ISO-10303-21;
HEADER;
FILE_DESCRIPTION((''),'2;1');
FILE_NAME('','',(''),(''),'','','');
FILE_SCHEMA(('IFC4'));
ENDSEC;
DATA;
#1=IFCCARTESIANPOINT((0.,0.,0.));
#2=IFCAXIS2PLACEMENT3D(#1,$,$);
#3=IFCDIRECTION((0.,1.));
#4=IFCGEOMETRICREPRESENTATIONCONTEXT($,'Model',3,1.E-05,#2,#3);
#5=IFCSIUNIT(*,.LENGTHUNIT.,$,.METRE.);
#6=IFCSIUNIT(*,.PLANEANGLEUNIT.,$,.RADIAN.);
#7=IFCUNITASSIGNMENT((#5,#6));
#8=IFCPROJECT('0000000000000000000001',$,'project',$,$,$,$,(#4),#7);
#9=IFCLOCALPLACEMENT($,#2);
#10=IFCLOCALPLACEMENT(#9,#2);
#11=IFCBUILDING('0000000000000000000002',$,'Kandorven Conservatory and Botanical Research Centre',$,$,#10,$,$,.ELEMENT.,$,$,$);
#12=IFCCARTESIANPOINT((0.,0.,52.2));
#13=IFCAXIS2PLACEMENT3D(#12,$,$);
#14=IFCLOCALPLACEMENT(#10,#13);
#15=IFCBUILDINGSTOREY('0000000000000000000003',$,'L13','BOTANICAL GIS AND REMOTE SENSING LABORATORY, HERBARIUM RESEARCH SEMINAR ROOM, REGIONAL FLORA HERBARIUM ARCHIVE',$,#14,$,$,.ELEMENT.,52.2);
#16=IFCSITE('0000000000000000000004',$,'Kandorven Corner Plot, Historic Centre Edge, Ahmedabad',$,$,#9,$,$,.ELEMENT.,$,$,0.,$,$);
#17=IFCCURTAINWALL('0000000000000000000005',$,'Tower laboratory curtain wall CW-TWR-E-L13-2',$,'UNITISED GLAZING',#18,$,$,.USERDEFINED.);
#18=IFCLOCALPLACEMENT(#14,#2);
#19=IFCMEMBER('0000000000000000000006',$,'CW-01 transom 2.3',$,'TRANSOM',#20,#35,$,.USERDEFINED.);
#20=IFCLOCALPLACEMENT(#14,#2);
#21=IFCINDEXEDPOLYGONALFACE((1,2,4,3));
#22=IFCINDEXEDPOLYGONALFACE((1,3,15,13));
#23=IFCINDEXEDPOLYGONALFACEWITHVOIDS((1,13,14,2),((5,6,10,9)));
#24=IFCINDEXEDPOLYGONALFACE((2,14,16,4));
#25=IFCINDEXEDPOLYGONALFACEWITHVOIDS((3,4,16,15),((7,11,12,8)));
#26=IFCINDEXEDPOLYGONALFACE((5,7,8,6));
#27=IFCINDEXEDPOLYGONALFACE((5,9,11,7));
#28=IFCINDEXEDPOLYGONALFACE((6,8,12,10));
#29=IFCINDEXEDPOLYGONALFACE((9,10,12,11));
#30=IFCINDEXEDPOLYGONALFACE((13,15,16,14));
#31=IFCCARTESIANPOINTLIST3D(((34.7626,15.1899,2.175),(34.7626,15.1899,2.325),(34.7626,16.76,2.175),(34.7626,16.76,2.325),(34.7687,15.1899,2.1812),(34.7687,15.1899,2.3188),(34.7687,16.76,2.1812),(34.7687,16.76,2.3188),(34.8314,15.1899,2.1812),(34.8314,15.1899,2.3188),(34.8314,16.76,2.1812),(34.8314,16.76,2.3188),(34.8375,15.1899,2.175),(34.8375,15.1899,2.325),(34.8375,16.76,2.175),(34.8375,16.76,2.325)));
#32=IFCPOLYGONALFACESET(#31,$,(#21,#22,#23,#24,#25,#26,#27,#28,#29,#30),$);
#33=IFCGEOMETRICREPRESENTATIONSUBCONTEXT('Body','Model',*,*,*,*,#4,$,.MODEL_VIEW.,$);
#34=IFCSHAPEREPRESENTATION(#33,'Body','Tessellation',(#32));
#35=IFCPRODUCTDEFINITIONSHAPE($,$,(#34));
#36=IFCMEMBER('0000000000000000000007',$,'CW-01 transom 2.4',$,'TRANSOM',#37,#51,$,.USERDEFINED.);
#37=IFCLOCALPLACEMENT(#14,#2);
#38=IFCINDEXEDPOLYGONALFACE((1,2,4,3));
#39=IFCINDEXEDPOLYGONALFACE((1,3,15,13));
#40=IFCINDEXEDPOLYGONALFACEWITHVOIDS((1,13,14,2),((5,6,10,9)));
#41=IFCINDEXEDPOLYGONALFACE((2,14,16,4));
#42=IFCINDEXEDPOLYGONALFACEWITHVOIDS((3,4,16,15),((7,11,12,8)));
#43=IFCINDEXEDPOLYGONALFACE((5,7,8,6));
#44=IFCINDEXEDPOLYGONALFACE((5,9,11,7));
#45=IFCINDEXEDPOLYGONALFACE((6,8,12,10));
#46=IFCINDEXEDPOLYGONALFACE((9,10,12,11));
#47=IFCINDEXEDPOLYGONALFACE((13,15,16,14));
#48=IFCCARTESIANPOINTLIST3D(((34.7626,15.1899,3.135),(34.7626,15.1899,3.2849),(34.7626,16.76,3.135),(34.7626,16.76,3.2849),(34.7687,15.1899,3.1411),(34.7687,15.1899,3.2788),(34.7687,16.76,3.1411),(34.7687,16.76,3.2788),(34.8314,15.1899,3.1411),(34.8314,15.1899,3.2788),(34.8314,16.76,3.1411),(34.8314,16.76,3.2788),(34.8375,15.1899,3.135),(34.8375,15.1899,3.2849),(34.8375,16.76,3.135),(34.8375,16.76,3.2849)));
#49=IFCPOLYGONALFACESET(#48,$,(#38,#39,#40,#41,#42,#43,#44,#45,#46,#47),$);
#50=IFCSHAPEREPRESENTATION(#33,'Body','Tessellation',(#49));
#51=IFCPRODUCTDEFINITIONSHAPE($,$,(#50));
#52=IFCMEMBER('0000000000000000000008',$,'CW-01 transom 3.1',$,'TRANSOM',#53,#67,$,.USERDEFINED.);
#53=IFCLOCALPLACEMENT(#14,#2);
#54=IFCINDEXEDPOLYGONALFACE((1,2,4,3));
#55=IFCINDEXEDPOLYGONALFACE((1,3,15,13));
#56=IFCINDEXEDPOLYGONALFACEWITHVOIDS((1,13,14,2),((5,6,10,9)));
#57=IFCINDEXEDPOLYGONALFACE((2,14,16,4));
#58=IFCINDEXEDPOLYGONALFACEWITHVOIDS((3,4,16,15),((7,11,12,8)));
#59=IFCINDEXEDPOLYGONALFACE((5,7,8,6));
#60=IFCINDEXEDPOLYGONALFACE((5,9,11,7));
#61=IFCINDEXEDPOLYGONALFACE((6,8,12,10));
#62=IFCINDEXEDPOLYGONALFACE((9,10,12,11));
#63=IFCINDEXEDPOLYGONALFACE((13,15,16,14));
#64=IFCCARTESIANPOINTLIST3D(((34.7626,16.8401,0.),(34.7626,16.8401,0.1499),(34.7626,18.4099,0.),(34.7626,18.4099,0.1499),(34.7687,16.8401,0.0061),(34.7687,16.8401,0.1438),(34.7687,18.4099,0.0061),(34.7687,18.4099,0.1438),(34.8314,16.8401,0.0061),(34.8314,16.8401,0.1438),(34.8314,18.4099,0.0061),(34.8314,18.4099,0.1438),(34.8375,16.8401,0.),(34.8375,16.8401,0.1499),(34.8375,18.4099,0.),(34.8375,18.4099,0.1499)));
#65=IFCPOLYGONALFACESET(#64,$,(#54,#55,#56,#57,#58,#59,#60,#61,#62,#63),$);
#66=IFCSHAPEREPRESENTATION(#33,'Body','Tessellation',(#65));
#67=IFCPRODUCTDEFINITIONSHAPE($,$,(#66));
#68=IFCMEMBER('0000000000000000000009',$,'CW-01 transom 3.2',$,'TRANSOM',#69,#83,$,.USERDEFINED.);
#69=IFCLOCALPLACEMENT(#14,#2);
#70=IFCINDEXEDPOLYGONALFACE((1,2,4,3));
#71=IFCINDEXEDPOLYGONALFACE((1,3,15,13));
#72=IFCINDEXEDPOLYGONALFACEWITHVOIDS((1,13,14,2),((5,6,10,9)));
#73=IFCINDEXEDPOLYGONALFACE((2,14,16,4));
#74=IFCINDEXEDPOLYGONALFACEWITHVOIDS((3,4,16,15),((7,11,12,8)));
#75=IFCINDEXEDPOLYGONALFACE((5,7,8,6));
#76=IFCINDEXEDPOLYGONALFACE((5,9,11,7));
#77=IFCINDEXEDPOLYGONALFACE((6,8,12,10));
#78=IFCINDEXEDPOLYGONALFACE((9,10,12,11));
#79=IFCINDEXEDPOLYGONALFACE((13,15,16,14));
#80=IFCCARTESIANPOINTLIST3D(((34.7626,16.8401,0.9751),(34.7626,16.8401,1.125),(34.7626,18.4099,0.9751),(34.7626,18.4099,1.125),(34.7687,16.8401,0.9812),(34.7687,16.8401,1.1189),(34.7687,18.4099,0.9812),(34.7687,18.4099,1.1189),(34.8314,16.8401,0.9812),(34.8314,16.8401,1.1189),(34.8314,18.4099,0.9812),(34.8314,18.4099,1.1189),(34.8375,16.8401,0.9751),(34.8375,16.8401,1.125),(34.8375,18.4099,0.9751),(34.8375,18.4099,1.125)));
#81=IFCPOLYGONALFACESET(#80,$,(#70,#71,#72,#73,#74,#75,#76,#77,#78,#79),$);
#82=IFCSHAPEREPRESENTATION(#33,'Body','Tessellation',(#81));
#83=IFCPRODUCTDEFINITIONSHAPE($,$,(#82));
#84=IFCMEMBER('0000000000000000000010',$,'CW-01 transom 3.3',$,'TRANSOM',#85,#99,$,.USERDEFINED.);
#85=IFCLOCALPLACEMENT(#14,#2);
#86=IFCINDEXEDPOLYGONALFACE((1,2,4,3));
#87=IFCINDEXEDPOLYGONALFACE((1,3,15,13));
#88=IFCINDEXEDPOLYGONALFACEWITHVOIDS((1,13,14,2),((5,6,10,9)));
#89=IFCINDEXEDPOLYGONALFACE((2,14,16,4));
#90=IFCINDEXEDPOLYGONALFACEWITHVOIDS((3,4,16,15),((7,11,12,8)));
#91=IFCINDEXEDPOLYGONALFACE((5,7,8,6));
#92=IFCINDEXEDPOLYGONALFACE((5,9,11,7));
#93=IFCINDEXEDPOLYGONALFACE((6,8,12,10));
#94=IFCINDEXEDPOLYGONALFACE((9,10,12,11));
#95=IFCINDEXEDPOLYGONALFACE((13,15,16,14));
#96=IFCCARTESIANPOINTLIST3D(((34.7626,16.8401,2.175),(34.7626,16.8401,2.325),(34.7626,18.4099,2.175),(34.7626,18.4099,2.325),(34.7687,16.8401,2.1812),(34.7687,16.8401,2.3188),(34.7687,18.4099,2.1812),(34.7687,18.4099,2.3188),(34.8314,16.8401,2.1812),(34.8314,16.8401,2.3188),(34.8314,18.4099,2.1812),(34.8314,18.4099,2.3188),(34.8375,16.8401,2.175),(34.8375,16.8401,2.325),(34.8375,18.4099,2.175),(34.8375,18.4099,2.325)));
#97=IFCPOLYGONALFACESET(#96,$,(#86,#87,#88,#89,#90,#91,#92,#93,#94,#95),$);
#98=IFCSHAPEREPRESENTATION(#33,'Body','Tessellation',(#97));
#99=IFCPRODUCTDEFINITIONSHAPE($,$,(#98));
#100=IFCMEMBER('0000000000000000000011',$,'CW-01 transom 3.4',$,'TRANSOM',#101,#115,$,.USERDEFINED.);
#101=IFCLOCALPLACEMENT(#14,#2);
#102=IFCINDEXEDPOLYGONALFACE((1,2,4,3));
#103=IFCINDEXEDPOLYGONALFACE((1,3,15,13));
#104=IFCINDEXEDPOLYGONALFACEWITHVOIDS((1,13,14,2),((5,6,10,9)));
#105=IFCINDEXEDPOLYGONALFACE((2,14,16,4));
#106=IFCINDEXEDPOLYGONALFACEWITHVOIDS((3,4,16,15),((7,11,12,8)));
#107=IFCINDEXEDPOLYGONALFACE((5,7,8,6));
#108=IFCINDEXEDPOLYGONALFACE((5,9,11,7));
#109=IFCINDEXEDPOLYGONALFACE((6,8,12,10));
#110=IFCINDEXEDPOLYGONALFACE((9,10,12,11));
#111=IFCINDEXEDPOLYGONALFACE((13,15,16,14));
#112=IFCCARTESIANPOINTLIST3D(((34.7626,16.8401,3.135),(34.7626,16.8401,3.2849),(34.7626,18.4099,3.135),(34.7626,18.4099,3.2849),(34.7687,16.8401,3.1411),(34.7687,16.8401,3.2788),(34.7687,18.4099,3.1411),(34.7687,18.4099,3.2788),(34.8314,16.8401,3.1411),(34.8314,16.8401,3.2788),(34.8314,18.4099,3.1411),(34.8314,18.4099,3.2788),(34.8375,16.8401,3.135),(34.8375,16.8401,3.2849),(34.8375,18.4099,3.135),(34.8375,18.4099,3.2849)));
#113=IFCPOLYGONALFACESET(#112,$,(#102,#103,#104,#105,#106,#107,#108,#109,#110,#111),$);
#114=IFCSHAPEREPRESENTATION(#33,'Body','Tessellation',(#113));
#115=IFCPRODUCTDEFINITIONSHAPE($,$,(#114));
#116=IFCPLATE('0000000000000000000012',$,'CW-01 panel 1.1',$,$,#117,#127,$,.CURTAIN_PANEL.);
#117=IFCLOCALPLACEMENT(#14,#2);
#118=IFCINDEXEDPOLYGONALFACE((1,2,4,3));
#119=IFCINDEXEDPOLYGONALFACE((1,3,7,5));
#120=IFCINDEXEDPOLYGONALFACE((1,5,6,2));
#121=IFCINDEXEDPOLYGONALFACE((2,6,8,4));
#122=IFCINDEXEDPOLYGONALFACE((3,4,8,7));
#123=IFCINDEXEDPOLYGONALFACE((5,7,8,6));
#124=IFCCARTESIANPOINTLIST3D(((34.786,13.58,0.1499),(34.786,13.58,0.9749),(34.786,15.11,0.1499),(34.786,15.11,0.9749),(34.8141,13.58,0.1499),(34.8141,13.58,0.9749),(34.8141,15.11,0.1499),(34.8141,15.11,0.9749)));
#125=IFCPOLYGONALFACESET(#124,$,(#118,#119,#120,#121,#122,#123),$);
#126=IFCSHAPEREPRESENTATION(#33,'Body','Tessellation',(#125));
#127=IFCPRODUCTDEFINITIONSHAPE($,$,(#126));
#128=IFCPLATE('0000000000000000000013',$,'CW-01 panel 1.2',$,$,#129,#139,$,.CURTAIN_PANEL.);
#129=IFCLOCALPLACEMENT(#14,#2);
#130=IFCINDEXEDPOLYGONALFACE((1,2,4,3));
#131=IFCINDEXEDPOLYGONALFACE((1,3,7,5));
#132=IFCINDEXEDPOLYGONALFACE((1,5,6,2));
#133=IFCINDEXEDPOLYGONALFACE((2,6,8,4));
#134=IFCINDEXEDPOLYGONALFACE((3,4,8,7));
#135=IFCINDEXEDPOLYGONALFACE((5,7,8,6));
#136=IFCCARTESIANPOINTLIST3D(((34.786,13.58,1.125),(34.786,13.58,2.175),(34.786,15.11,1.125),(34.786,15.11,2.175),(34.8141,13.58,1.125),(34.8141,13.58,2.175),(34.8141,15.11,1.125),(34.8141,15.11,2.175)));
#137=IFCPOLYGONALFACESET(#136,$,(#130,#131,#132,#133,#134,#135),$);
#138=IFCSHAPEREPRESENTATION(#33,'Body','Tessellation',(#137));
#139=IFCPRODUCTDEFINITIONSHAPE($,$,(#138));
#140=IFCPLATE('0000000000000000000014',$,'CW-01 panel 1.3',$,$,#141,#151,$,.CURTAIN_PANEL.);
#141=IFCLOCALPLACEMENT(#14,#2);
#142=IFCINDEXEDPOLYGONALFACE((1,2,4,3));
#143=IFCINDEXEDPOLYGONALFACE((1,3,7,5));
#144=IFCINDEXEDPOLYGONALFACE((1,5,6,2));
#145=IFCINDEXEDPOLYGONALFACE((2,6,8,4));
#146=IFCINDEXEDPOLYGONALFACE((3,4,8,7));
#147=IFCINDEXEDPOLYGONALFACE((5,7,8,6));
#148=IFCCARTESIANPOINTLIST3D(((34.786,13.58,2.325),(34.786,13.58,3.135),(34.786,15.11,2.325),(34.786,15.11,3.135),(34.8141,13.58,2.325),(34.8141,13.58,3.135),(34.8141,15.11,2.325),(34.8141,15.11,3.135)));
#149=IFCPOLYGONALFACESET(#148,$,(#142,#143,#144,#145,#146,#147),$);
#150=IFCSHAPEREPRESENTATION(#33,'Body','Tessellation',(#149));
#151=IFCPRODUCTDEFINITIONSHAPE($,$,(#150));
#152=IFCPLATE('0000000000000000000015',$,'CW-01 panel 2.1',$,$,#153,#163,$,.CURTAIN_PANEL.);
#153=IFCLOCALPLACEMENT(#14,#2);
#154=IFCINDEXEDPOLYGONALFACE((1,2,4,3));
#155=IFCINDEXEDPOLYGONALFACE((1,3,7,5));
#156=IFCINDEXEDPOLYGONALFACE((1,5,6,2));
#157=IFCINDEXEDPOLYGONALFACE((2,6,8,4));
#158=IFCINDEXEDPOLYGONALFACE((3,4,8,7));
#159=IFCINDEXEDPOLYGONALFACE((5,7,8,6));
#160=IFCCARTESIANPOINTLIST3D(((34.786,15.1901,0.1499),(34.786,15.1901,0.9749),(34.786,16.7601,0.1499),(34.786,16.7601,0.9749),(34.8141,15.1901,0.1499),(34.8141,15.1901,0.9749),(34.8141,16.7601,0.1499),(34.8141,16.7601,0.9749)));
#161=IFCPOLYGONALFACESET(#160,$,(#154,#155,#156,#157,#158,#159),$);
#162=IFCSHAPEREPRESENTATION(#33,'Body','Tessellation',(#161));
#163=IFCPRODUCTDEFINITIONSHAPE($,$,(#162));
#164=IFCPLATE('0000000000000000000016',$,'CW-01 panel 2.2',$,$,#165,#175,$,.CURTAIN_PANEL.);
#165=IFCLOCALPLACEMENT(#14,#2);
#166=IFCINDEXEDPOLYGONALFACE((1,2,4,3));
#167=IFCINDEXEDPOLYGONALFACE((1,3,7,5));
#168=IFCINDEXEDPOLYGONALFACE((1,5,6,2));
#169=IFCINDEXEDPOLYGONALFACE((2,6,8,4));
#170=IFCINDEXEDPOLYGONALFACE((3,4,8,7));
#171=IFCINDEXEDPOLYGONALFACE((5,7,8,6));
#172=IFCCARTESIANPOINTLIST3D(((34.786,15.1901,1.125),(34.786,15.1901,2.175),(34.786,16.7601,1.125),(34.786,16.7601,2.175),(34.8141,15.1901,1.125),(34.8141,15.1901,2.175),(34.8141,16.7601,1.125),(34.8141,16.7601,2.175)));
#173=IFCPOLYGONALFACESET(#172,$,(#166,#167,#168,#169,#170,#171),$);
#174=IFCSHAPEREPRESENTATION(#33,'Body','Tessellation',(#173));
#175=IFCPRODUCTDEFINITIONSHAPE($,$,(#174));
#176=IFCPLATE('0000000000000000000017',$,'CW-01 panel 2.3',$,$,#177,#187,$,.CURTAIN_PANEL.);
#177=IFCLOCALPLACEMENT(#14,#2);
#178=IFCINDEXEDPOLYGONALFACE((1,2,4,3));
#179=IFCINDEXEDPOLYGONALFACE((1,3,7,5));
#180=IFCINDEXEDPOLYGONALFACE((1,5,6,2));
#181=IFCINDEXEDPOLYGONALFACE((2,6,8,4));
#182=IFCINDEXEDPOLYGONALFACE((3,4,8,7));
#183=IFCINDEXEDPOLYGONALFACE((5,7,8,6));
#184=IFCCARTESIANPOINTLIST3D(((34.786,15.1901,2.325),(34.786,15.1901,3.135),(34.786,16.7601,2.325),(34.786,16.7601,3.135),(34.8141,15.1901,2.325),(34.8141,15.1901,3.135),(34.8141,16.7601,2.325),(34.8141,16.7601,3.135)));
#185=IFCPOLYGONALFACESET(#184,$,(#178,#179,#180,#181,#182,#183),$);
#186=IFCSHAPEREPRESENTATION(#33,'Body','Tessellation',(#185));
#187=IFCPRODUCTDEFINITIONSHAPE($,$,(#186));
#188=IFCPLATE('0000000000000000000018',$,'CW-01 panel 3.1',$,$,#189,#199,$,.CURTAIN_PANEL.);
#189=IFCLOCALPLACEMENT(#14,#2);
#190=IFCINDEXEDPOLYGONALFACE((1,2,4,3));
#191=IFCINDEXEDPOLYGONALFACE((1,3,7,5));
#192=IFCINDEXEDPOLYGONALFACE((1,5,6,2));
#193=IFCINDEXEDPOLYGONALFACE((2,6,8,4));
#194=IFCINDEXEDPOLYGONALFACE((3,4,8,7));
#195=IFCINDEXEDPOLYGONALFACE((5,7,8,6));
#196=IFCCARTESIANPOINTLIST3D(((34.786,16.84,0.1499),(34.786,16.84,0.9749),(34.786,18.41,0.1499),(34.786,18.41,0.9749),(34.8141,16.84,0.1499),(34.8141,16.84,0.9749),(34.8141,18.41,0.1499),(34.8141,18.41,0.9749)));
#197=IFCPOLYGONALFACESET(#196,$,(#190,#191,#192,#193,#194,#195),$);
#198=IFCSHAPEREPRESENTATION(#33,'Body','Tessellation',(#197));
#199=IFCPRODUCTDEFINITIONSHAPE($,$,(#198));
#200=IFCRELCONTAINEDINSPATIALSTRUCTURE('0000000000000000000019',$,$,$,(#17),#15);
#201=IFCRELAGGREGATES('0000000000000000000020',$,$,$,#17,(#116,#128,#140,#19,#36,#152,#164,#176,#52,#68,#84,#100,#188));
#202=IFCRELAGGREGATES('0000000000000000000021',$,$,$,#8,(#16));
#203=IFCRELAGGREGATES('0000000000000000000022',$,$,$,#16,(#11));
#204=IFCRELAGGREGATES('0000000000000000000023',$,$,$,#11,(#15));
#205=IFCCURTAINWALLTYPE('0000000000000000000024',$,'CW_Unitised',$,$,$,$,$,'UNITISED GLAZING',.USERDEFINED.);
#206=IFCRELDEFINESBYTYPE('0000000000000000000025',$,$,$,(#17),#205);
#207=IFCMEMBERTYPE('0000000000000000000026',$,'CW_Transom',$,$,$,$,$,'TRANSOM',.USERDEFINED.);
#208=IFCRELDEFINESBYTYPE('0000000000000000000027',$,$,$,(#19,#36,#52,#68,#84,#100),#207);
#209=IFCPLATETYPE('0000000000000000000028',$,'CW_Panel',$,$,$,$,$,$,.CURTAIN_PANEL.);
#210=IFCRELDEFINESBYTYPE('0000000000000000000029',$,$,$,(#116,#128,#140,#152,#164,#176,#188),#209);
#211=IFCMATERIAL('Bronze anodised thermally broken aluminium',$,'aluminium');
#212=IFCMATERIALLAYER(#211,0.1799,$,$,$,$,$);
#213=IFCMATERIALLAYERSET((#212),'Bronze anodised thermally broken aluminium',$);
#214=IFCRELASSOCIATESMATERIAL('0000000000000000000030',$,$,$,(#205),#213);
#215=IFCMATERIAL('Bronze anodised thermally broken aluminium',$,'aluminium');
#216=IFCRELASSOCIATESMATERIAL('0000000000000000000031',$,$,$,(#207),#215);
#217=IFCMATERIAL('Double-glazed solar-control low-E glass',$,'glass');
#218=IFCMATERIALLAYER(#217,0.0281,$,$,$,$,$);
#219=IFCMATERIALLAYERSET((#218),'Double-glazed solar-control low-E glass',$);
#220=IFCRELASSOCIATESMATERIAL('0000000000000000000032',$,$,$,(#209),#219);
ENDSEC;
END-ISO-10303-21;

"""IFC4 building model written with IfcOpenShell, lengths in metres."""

from ifc_helpers import new_model, si_unit, direction, frame, origin, origin_2d, place, context, subcontext, project, spatial, rectangle, hollow_rectangle, extrude, material, layer, layer_set, material_profile, profile_set, type_object, element, aggregate, save


model = new_model("IFC4")

# Units and contexts
model_context = context("Model", 3, precision=1e-05, world=origin(), true_north=direction((0.0, 1.0)))
body_context = subcontext(model_context, "Body", "Model", "MODEL_VIEW")
ifc_project = project(units=[si_unit("LENGTHUNIT", "METRE"), si_unit("PLANEANGLEUNIT", "RADIAN")], contexts=[model_context])

# Site, building, storey
site_placement = place(None, origin())
site = spatial("IfcSite", under=ifc_project, at=site_placement, Name="Kandorven Corner Plot, Historic Centre Edge, Ahmedabad", CompositionType="ELEMENT", RefElevation=0.0)
building_placement = place(site_placement, origin())
building = spatial("IfcBuilding", under=site, at=building_placement, Name="Kandorven Conservatory and Botanical Research Centre", CompositionType="ELEMENT")
storey_placement = place(building_placement, frame((0.0, 0.0, 52.2)))
storey = spatial("IfcBuildingStorey", under=building, at=storey_placement, Name="L13", Description="BOTANICAL GIS AND REMOTE SENSING LABORATORY, HERBARIUM RESEARCH SEMINAR ROOM, REGIONAL FLORA HERBARIUM ARCHIVE", CompositionType="ELEMENT", Elevation=52.2)

# Curtain wall, members, plates
ifc_material_1 = material(Name="Bronze anodised thermally broken aluminium", Category="aluminium")
ifc_layer_1 = layer(ifc_material_1, 0.1799)
ifc_layer_set_1 = layer_set([ifc_layer_1], Name="Bronze anodised thermally broken aluminium")
curtain_wall_type = type_object("IfcCurtainWallType", Name="CW_Unitised", ElementType="UNITISED GLAZING", PredefinedType="USERDEFINED", material=ifc_layer_set_1)
curtain_wall_placement = place(storey_placement, origin())
curtain_wall = element("IfcCurtainWall", 1, at=curtain_wall_placement, inside=storey, type_object=curtain_wall_type, Name="Tower laboratory curtain wall CW-TWR-E-L13-2", ObjectType="UNITISED GLAZING", PredefinedType="USERDEFINED")
ifc_material_2 = material(Name="Bronze anodised thermally broken aluminium", Category="aluminium")
ifc_material_profile_1 = material_profile(ifc_material_2, hollow_rectangle(XDim=0.075, YDim=0.1499, WallThickness=0.0061, at=origin_2d()))
ifc_profile_set_1 = profile_set([ifc_material_profile_1], Name="Bronze anodised thermally broken aluminium")
member_type_1 = type_object("IfcMemberType", Name="CW_Transom", ElementType="TRANSOM", PredefinedType="USERDEFINED", material=ifc_profile_set_1)
member_1_placement = place(storey_placement, frame((34.8, 15.1899, 2.25), z_axis=(0.0, 1.0, 0.0), x_axis=(-1.0, 0.0, 0.0)))
member_1 = element("IfcMember", 2, at=member_1_placement, type_object=member_type_1, Name="CW-01 transom 2.3", ObjectType="TRANSOM", PredefinedType="USERDEFINED", context=body_context, shape_type="SweptSolid", body=[
    extrude(hollow_rectangle(XDim=0.075, YDim=0.1499, WallThickness=0.0061, at=origin_2d()), origin(), (0.0, 0.0, 1.0), 1.5701),
])
member_2_placement = place(storey_placement, frame((34.8, 15.1899, 3.21), z_axis=(0.0, 1.0, 0.0), x_axis=(-1.0, 0.0, 0.0)))
member_2 = element("IfcMember", 3, at=member_2_placement, type_object=member_type_1, Name="CW-01 transom 2.4", ObjectType="TRANSOM", PredefinedType="USERDEFINED", context=body_context, shape_type="SweptSolid", body=[
    extrude(hollow_rectangle(XDim=0.075, YDim=0.1499, WallThickness=0.0061, at=origin_2d()), origin(), (0.0, 0.0, 1.0), 1.5701),
])
member_3_placement = place(storey_placement, frame((34.8, 16.8401, 0.075), z_axis=(0.0, 1.0, 0.0), x_axis=(-1.0, 0.0, 0.0)))
member_3 = element("IfcMember", 4, at=member_3_placement, type_object=member_type_1, Name="CW-01 transom 3.1", ObjectType="TRANSOM", PredefinedType="USERDEFINED", context=body_context, shape_type="SweptSolid", body=[
    extrude(hollow_rectangle(XDim=0.075, YDim=0.1499, WallThickness=0.0061, at=origin_2d()), origin(), (0.0, 0.0, 1.0), 1.5698),
])
member_4_placement = place(storey_placement, frame((34.8, 16.8401, 1.05), z_axis=(0.0, 1.0, 0.0), x_axis=(-1.0, 0.0, 0.0)))
member_4 = element("IfcMember", 5, at=member_4_placement, type_object=member_type_1, Name="CW-01 transom 3.2", ObjectType="TRANSOM", PredefinedType="USERDEFINED", context=body_context, shape_type="SweptSolid", body=[
    extrude(hollow_rectangle(XDim=0.075, YDim=0.1499, WallThickness=0.0061, at=origin_2d()), origin(), (0.0, 0.0, 1.0), 1.5698),
])
member_5_placement = place(storey_placement, frame((34.8, 16.8401, 2.25), z_axis=(0.0, 1.0, 0.0), x_axis=(-1.0, 0.0, 0.0)))
member_5 = element("IfcMember", 6, at=member_5_placement, type_object=member_type_1, Name="CW-01 transom 3.3", ObjectType="TRANSOM", PredefinedType="USERDEFINED", context=body_context, shape_type="SweptSolid", body=[
    extrude(hollow_rectangle(XDim=0.075, YDim=0.1499, WallThickness=0.0061, at=origin_2d()), origin(), (0.0, 0.0, 1.0), 1.5698),
])
member_6_placement = place(storey_placement, frame((34.8, 16.8401, 3.21), z_axis=(0.0, 1.0, 0.0), x_axis=(-1.0, 0.0, 0.0)))
member_6 = element("IfcMember", 7, at=member_6_placement, type_object=member_type_1, Name="CW-01 transom 3.4", ObjectType="TRANSOM", PredefinedType="USERDEFINED", context=body_context, shape_type="SweptSolid", body=[
    extrude(hollow_rectangle(XDim=0.075, YDim=0.1499, WallThickness=0.0061, at=origin_2d()), origin(), (0.0, 0.0, 1.0), 1.5698),
])
ifc_material_3 = material(Name="Double-glazed solar-control low-E glass", Category="glass")
ifc_layer_2 = layer(ifc_material_3, 0.0281)
ifc_layer_set_2 = layer_set([ifc_layer_2], Name="Double-glazed solar-control low-E glass")
plate_type_1 = type_object("IfcPlateType", Name="CW_Panel", PredefinedType="CURTAIN_PANEL", material=ifc_layer_set_2)
plate_1_placement = place(storey_placement, frame((34.8, 14.345, 0.1499), z_axis=(0.0, 0.0, 1.0), x_axis=(0.0, 1.0, 0.0)))
plate_1 = element("IfcPlate", 8, at=plate_1_placement, type_object=plate_type_1, Name="CW-01 panel 1.1", PredefinedType="CURTAIN_PANEL", context=body_context, shape_type="SweptSolid", body=[
    extrude(rectangle(XDim=1.53, YDim=0.0281, at=origin_2d()), origin(), (0.0, 0.0, 1.0), 0.825),
])
plate_2_placement = place(storey_placement, frame((34.8, 14.345, 1.125), z_axis=(0.0, 0.0, 1.0), x_axis=(0.0, 1.0, 0.0)))
plate_2 = element("IfcPlate", 9, at=plate_2_placement, type_object=plate_type_1, Name="CW-01 panel 1.2", PredefinedType="CURTAIN_PANEL", context=body_context, shape_type="SweptSolid", body=[
    extrude(rectangle(XDim=1.53, YDim=0.0281, at=origin_2d()), origin(), (0.0, 0.0, 1.0), 1.05),
])
plate_3_placement = place(storey_placement, frame((34.8, 14.345, 2.325), z_axis=(0.0, 0.0, 1.0), x_axis=(0.0, 1.0, 0.0)))
plate_3 = element("IfcPlate", 10, at=plate_3_placement, type_object=plate_type_1, Name="CW-01 panel 1.3", PredefinedType="CURTAIN_PANEL", context=body_context, shape_type="SweptSolid", body=[
    extrude(rectangle(XDim=1.53, YDim=0.0281, at=origin_2d()), origin(), (0.0, 0.0, 1.0), 0.8101),
])
plate_4_placement = place(storey_placement, frame((34.8, 15.9751, 0.1499), z_axis=(0.0, 0.0, 1.0), x_axis=(0.0, 1.0, 0.0)))
plate_4 = element("IfcPlate", 11, at=plate_4_placement, type_object=plate_type_1, Name="CW-01 panel 2.1", PredefinedType="CURTAIN_PANEL", context=body_context, shape_type="SweptSolid", body=[
    extrude(rectangle(XDim=1.5701, YDim=0.0281, at=origin_2d()), origin(), (0.0, 0.0, 1.0), 0.825),
])
plate_5_placement = place(storey_placement, frame((34.8, 15.9751, 1.125), z_axis=(0.0, 0.0, 1.0), x_axis=(0.0, 1.0, 0.0)))
plate_5 = element("IfcPlate", 12, at=plate_5_placement, type_object=plate_type_1, Name="CW-01 panel 2.2", PredefinedType="CURTAIN_PANEL", context=body_context, shape_type="SweptSolid", body=[
    extrude(rectangle(XDim=1.5701, YDim=0.0281, at=origin_2d()), origin(), (0.0, 0.0, 1.0), 1.05),
])
plate_6_placement = place(storey_placement, frame((34.8, 15.9751, 2.325), z_axis=(0.0, 0.0, 1.0), x_axis=(0.0, 1.0, 0.0)))
plate_6 = element("IfcPlate", 13, at=plate_6_placement, type_object=plate_type_1, Name="CW-01 panel 2.3", PredefinedType="CURTAIN_PANEL", context=body_context, shape_type="SweptSolid", body=[
    extrude(rectangle(XDim=1.5701, YDim=0.0281, at=origin_2d()), origin(), (0.0, 0.0, 1.0), 0.8101),
])
plate_7_placement = place(storey_placement, frame((34.8, 17.625, 0.1499), z_axis=(0.0, 0.0, 1.0), x_axis=(0.0, 1.0, 0.0)))
plate_7 = element("IfcPlate", 14, at=plate_7_placement, type_object=plate_type_1, Name="CW-01 panel 3.1", PredefinedType="CURTAIN_PANEL", context=body_context, shape_type="SweptSolid", body=[
    extrude(rectangle(XDim=1.5701, YDim=0.0281, at=origin_2d()), origin(), (0.0, 0.0, 1.0), 0.825),
])
aggregate(curtain_wall, [plate_1, plate_2, plate_3, member_1, member_2, plate_4, plate_5, plate_6, member_3, member_4, member_5, member_6, plate_7])

save(model, "model.ifc")
